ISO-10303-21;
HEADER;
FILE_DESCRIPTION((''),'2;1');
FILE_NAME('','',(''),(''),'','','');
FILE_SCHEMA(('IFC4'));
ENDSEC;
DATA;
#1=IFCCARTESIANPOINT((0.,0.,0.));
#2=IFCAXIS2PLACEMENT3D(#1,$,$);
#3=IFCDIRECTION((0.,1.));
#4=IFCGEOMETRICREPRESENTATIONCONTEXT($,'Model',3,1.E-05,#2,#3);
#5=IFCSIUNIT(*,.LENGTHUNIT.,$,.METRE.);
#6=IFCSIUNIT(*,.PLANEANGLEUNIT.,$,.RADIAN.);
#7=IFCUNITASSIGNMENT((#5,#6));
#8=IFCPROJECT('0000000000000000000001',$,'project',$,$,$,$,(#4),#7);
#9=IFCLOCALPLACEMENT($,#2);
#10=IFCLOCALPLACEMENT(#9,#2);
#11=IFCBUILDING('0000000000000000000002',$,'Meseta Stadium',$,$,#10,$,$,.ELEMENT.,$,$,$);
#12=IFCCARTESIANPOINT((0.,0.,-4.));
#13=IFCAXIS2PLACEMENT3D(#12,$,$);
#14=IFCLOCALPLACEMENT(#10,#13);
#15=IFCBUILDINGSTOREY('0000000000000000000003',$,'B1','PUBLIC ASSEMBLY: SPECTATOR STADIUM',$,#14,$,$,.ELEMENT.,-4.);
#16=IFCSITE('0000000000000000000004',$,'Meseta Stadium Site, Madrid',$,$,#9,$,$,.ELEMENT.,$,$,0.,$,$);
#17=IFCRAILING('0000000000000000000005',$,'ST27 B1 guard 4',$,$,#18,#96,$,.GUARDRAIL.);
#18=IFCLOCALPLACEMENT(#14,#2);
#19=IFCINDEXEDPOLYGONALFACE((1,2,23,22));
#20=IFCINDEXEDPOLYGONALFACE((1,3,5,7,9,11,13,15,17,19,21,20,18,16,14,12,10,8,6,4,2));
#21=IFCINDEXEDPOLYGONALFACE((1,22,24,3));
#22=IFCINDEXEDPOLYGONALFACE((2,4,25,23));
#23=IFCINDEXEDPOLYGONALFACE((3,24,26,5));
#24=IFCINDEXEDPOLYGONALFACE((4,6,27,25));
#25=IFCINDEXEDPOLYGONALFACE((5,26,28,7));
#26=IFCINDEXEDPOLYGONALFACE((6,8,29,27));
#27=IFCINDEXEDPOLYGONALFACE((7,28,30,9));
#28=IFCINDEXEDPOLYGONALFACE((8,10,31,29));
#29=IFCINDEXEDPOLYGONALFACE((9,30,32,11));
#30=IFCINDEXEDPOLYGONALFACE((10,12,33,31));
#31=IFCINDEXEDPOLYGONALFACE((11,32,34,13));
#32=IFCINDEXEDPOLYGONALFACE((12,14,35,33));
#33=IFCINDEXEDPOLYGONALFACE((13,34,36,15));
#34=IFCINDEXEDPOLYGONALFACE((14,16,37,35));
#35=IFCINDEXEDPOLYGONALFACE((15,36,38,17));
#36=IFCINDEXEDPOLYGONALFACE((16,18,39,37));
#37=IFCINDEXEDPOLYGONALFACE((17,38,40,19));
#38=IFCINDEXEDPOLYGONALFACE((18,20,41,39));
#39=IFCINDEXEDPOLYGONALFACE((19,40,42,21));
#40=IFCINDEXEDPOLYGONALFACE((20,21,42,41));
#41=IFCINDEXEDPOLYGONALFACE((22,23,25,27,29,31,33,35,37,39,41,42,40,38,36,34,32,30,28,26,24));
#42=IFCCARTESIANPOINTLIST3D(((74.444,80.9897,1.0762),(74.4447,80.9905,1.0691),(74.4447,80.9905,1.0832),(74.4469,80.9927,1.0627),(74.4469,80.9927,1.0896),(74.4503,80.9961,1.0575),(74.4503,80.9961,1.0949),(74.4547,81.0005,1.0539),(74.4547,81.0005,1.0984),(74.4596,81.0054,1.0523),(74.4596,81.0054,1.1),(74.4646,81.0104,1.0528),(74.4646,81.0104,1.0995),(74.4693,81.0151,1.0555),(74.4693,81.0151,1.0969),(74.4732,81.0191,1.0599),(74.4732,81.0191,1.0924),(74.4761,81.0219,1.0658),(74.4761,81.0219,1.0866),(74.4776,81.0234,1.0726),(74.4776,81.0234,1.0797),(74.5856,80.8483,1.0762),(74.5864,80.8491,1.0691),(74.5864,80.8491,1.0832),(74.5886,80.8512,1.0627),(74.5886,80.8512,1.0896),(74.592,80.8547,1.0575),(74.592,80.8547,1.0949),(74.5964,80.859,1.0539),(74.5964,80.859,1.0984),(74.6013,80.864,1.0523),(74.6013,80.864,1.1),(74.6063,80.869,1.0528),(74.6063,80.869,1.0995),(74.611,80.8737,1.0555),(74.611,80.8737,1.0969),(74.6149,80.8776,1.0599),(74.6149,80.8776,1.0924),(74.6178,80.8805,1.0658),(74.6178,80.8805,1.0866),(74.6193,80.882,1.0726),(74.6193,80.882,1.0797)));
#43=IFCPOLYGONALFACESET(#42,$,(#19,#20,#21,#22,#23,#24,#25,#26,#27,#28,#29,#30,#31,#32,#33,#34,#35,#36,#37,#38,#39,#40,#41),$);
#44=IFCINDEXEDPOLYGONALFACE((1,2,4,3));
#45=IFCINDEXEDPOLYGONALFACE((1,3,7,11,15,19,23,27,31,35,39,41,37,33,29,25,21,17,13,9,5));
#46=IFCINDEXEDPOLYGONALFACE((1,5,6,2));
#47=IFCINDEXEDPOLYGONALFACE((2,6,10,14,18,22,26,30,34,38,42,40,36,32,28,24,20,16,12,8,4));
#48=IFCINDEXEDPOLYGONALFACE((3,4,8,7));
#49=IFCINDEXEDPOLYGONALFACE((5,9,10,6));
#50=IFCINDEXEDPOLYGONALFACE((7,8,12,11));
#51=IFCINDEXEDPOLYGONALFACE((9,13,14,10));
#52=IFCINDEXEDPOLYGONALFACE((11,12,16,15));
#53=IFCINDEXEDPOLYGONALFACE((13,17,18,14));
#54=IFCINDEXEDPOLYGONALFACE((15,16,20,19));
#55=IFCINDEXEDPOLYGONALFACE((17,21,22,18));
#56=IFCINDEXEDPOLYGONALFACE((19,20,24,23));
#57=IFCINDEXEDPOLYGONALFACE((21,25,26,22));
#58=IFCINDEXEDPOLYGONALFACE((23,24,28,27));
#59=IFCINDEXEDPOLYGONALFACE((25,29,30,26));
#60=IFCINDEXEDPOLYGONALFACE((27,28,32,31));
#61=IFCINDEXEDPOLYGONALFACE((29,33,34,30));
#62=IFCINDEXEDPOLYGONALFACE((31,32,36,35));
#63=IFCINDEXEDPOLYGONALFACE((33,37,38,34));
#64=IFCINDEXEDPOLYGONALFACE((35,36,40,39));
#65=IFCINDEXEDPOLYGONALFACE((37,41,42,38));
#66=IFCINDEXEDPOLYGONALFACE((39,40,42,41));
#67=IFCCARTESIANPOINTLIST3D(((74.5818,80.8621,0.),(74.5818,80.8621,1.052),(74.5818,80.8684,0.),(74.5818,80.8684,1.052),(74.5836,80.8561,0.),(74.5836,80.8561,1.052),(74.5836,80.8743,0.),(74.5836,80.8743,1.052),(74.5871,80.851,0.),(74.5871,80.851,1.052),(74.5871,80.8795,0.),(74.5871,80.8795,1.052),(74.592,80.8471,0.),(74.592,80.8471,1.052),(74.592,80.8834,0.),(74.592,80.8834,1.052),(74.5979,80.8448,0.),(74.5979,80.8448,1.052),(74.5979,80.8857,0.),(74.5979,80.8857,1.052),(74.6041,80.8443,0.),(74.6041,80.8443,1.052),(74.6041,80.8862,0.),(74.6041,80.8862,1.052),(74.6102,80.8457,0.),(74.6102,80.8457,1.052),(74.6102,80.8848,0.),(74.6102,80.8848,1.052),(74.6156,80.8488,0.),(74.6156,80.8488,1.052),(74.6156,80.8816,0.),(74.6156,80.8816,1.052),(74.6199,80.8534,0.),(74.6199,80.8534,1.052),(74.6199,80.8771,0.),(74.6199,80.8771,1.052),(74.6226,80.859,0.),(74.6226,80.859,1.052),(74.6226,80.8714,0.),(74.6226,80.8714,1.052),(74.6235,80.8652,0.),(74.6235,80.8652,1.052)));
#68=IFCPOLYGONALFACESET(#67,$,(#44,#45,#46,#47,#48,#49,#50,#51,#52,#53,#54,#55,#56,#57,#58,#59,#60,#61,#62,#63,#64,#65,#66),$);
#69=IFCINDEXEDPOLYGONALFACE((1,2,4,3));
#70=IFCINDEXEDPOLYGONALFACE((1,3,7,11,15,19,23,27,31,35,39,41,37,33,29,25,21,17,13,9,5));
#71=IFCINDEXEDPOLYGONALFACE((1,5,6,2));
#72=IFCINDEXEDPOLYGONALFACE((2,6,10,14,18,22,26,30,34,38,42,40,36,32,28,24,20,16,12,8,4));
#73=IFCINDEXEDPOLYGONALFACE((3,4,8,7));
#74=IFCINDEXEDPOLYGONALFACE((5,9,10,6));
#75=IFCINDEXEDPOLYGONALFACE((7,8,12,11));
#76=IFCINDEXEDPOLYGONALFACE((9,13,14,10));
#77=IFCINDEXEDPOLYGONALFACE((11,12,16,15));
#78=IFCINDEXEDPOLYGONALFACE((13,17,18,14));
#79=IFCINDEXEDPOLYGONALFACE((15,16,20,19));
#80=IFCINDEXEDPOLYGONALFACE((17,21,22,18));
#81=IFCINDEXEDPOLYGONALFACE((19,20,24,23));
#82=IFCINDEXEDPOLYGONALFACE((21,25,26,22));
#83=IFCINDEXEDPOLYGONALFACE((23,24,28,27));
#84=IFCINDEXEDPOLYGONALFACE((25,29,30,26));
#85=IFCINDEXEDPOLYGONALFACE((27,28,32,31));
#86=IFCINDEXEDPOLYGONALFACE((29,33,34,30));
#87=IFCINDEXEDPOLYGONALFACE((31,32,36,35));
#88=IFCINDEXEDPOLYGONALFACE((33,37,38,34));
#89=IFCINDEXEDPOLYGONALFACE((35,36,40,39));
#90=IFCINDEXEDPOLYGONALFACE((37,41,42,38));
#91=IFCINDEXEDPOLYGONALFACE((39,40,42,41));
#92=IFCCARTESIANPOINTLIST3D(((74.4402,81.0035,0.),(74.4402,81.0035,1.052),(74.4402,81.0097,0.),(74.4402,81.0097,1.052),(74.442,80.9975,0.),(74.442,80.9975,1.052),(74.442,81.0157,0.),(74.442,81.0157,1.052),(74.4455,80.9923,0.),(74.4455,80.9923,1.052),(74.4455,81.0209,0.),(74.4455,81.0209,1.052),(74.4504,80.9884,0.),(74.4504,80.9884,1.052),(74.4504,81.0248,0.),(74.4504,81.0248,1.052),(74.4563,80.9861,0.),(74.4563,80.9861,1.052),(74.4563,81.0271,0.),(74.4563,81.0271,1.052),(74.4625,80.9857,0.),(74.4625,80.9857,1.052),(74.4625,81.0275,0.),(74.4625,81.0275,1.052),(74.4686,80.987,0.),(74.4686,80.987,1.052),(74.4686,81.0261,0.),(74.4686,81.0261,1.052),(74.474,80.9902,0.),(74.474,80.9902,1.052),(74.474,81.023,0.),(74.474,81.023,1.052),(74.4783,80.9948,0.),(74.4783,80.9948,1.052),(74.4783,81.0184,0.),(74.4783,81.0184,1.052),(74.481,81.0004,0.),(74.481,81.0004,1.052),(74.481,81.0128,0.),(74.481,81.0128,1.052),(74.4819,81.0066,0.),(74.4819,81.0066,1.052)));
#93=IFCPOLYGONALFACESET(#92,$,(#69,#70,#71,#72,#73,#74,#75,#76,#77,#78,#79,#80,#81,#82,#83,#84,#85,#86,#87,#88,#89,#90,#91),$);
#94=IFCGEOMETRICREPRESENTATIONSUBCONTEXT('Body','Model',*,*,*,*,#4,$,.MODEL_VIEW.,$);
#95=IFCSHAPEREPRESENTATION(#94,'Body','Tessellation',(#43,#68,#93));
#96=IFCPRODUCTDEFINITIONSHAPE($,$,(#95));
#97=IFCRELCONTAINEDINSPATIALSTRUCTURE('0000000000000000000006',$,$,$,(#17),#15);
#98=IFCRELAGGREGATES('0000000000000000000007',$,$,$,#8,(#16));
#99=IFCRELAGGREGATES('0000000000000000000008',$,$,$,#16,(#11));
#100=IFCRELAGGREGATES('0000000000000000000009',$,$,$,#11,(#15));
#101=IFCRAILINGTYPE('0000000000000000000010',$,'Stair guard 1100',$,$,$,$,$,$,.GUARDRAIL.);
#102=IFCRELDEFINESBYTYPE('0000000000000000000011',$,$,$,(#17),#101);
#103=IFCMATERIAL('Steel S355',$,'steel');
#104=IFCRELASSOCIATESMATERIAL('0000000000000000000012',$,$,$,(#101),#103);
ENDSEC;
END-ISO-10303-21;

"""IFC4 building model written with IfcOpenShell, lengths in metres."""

from ifc_helpers import new_model, si_unit, direction, frame, origin, origin_2d, place, context, subcontext, project, spatial, circle, extrude, material, type_object, element, save


model = new_model("IFC4")

# Units and contexts
model_context = context("Model", 3, precision=1e-05, world=origin(), true_north=direction((0.0, 1.0)))
body_context = subcontext(model_context, "Body", "Model", "MODEL_VIEW")
ifc_project = project(units=[si_unit("LENGTHUNIT", "METRE"), si_unit("PLANEANGLEUNIT", "RADIAN")], contexts=[model_context])

# Site, building, storey
site_placement = place(None, origin())
site = spatial("IfcSite", under=ifc_project, at=site_placement, Name="Meseta Stadium Site, Madrid", CompositionType="ELEMENT", RefElevation=0.0)
building_placement = place(site_placement, origin())
building = spatial("IfcBuilding", under=site, at=building_placement, Name="Meseta Stadium", CompositionType="ELEMENT")
storey_placement = place(building_placement, frame((0.0, 0.0, -4.0)))
storey = spatial("IfcBuildingStorey", under=building, at=storey_placement, Name="B1", Description="PUBLIC ASSEMBLY: SPECTATOR STADIUM", CompositionType="ELEMENT", Elevation=-4.0)

# Railing
ifc_material_1 = material(Name="Steel S355", Category="steel")
railing_type_1 = type_object("IfcRailingType", Name="Stair guard 1100", PredefinedType="GUARDRAIL", material=ifc_material_1)
railing_1_placement = place(storey_placement, frame((74.6025, 80.8652, 0.0)))
element("IfcRailing", 1, at=railing_1_placement, inside=storey, type_object=railing_type_1, Name="ST27 B1 guard 4", PredefinedType="GUARDRAIL", context=body_context, shape_type="SweptSolid", body=[
    extrude(circle(Radius=0.0239, at=origin_2d()), frame((0.0, 0.0, 1.0762), z_axis=(-0.707717, 0.706496, 0.0), x_axis=(-0.706496, -0.707717, 0.0)), (0.0, 0.0, 1.0), 0.2002),
    extrude(circle(Radius=0.021, at=origin_2d()), origin(), (0.0, 0.0, 1.0), 1.052),
    extrude(circle(Radius=0.021, at=origin_2d()), frame((-0.1416, 0.1414, 0.0)), (0.0, 0.0, 1.0), 1.052),
])

save(model, "model.ifc")
